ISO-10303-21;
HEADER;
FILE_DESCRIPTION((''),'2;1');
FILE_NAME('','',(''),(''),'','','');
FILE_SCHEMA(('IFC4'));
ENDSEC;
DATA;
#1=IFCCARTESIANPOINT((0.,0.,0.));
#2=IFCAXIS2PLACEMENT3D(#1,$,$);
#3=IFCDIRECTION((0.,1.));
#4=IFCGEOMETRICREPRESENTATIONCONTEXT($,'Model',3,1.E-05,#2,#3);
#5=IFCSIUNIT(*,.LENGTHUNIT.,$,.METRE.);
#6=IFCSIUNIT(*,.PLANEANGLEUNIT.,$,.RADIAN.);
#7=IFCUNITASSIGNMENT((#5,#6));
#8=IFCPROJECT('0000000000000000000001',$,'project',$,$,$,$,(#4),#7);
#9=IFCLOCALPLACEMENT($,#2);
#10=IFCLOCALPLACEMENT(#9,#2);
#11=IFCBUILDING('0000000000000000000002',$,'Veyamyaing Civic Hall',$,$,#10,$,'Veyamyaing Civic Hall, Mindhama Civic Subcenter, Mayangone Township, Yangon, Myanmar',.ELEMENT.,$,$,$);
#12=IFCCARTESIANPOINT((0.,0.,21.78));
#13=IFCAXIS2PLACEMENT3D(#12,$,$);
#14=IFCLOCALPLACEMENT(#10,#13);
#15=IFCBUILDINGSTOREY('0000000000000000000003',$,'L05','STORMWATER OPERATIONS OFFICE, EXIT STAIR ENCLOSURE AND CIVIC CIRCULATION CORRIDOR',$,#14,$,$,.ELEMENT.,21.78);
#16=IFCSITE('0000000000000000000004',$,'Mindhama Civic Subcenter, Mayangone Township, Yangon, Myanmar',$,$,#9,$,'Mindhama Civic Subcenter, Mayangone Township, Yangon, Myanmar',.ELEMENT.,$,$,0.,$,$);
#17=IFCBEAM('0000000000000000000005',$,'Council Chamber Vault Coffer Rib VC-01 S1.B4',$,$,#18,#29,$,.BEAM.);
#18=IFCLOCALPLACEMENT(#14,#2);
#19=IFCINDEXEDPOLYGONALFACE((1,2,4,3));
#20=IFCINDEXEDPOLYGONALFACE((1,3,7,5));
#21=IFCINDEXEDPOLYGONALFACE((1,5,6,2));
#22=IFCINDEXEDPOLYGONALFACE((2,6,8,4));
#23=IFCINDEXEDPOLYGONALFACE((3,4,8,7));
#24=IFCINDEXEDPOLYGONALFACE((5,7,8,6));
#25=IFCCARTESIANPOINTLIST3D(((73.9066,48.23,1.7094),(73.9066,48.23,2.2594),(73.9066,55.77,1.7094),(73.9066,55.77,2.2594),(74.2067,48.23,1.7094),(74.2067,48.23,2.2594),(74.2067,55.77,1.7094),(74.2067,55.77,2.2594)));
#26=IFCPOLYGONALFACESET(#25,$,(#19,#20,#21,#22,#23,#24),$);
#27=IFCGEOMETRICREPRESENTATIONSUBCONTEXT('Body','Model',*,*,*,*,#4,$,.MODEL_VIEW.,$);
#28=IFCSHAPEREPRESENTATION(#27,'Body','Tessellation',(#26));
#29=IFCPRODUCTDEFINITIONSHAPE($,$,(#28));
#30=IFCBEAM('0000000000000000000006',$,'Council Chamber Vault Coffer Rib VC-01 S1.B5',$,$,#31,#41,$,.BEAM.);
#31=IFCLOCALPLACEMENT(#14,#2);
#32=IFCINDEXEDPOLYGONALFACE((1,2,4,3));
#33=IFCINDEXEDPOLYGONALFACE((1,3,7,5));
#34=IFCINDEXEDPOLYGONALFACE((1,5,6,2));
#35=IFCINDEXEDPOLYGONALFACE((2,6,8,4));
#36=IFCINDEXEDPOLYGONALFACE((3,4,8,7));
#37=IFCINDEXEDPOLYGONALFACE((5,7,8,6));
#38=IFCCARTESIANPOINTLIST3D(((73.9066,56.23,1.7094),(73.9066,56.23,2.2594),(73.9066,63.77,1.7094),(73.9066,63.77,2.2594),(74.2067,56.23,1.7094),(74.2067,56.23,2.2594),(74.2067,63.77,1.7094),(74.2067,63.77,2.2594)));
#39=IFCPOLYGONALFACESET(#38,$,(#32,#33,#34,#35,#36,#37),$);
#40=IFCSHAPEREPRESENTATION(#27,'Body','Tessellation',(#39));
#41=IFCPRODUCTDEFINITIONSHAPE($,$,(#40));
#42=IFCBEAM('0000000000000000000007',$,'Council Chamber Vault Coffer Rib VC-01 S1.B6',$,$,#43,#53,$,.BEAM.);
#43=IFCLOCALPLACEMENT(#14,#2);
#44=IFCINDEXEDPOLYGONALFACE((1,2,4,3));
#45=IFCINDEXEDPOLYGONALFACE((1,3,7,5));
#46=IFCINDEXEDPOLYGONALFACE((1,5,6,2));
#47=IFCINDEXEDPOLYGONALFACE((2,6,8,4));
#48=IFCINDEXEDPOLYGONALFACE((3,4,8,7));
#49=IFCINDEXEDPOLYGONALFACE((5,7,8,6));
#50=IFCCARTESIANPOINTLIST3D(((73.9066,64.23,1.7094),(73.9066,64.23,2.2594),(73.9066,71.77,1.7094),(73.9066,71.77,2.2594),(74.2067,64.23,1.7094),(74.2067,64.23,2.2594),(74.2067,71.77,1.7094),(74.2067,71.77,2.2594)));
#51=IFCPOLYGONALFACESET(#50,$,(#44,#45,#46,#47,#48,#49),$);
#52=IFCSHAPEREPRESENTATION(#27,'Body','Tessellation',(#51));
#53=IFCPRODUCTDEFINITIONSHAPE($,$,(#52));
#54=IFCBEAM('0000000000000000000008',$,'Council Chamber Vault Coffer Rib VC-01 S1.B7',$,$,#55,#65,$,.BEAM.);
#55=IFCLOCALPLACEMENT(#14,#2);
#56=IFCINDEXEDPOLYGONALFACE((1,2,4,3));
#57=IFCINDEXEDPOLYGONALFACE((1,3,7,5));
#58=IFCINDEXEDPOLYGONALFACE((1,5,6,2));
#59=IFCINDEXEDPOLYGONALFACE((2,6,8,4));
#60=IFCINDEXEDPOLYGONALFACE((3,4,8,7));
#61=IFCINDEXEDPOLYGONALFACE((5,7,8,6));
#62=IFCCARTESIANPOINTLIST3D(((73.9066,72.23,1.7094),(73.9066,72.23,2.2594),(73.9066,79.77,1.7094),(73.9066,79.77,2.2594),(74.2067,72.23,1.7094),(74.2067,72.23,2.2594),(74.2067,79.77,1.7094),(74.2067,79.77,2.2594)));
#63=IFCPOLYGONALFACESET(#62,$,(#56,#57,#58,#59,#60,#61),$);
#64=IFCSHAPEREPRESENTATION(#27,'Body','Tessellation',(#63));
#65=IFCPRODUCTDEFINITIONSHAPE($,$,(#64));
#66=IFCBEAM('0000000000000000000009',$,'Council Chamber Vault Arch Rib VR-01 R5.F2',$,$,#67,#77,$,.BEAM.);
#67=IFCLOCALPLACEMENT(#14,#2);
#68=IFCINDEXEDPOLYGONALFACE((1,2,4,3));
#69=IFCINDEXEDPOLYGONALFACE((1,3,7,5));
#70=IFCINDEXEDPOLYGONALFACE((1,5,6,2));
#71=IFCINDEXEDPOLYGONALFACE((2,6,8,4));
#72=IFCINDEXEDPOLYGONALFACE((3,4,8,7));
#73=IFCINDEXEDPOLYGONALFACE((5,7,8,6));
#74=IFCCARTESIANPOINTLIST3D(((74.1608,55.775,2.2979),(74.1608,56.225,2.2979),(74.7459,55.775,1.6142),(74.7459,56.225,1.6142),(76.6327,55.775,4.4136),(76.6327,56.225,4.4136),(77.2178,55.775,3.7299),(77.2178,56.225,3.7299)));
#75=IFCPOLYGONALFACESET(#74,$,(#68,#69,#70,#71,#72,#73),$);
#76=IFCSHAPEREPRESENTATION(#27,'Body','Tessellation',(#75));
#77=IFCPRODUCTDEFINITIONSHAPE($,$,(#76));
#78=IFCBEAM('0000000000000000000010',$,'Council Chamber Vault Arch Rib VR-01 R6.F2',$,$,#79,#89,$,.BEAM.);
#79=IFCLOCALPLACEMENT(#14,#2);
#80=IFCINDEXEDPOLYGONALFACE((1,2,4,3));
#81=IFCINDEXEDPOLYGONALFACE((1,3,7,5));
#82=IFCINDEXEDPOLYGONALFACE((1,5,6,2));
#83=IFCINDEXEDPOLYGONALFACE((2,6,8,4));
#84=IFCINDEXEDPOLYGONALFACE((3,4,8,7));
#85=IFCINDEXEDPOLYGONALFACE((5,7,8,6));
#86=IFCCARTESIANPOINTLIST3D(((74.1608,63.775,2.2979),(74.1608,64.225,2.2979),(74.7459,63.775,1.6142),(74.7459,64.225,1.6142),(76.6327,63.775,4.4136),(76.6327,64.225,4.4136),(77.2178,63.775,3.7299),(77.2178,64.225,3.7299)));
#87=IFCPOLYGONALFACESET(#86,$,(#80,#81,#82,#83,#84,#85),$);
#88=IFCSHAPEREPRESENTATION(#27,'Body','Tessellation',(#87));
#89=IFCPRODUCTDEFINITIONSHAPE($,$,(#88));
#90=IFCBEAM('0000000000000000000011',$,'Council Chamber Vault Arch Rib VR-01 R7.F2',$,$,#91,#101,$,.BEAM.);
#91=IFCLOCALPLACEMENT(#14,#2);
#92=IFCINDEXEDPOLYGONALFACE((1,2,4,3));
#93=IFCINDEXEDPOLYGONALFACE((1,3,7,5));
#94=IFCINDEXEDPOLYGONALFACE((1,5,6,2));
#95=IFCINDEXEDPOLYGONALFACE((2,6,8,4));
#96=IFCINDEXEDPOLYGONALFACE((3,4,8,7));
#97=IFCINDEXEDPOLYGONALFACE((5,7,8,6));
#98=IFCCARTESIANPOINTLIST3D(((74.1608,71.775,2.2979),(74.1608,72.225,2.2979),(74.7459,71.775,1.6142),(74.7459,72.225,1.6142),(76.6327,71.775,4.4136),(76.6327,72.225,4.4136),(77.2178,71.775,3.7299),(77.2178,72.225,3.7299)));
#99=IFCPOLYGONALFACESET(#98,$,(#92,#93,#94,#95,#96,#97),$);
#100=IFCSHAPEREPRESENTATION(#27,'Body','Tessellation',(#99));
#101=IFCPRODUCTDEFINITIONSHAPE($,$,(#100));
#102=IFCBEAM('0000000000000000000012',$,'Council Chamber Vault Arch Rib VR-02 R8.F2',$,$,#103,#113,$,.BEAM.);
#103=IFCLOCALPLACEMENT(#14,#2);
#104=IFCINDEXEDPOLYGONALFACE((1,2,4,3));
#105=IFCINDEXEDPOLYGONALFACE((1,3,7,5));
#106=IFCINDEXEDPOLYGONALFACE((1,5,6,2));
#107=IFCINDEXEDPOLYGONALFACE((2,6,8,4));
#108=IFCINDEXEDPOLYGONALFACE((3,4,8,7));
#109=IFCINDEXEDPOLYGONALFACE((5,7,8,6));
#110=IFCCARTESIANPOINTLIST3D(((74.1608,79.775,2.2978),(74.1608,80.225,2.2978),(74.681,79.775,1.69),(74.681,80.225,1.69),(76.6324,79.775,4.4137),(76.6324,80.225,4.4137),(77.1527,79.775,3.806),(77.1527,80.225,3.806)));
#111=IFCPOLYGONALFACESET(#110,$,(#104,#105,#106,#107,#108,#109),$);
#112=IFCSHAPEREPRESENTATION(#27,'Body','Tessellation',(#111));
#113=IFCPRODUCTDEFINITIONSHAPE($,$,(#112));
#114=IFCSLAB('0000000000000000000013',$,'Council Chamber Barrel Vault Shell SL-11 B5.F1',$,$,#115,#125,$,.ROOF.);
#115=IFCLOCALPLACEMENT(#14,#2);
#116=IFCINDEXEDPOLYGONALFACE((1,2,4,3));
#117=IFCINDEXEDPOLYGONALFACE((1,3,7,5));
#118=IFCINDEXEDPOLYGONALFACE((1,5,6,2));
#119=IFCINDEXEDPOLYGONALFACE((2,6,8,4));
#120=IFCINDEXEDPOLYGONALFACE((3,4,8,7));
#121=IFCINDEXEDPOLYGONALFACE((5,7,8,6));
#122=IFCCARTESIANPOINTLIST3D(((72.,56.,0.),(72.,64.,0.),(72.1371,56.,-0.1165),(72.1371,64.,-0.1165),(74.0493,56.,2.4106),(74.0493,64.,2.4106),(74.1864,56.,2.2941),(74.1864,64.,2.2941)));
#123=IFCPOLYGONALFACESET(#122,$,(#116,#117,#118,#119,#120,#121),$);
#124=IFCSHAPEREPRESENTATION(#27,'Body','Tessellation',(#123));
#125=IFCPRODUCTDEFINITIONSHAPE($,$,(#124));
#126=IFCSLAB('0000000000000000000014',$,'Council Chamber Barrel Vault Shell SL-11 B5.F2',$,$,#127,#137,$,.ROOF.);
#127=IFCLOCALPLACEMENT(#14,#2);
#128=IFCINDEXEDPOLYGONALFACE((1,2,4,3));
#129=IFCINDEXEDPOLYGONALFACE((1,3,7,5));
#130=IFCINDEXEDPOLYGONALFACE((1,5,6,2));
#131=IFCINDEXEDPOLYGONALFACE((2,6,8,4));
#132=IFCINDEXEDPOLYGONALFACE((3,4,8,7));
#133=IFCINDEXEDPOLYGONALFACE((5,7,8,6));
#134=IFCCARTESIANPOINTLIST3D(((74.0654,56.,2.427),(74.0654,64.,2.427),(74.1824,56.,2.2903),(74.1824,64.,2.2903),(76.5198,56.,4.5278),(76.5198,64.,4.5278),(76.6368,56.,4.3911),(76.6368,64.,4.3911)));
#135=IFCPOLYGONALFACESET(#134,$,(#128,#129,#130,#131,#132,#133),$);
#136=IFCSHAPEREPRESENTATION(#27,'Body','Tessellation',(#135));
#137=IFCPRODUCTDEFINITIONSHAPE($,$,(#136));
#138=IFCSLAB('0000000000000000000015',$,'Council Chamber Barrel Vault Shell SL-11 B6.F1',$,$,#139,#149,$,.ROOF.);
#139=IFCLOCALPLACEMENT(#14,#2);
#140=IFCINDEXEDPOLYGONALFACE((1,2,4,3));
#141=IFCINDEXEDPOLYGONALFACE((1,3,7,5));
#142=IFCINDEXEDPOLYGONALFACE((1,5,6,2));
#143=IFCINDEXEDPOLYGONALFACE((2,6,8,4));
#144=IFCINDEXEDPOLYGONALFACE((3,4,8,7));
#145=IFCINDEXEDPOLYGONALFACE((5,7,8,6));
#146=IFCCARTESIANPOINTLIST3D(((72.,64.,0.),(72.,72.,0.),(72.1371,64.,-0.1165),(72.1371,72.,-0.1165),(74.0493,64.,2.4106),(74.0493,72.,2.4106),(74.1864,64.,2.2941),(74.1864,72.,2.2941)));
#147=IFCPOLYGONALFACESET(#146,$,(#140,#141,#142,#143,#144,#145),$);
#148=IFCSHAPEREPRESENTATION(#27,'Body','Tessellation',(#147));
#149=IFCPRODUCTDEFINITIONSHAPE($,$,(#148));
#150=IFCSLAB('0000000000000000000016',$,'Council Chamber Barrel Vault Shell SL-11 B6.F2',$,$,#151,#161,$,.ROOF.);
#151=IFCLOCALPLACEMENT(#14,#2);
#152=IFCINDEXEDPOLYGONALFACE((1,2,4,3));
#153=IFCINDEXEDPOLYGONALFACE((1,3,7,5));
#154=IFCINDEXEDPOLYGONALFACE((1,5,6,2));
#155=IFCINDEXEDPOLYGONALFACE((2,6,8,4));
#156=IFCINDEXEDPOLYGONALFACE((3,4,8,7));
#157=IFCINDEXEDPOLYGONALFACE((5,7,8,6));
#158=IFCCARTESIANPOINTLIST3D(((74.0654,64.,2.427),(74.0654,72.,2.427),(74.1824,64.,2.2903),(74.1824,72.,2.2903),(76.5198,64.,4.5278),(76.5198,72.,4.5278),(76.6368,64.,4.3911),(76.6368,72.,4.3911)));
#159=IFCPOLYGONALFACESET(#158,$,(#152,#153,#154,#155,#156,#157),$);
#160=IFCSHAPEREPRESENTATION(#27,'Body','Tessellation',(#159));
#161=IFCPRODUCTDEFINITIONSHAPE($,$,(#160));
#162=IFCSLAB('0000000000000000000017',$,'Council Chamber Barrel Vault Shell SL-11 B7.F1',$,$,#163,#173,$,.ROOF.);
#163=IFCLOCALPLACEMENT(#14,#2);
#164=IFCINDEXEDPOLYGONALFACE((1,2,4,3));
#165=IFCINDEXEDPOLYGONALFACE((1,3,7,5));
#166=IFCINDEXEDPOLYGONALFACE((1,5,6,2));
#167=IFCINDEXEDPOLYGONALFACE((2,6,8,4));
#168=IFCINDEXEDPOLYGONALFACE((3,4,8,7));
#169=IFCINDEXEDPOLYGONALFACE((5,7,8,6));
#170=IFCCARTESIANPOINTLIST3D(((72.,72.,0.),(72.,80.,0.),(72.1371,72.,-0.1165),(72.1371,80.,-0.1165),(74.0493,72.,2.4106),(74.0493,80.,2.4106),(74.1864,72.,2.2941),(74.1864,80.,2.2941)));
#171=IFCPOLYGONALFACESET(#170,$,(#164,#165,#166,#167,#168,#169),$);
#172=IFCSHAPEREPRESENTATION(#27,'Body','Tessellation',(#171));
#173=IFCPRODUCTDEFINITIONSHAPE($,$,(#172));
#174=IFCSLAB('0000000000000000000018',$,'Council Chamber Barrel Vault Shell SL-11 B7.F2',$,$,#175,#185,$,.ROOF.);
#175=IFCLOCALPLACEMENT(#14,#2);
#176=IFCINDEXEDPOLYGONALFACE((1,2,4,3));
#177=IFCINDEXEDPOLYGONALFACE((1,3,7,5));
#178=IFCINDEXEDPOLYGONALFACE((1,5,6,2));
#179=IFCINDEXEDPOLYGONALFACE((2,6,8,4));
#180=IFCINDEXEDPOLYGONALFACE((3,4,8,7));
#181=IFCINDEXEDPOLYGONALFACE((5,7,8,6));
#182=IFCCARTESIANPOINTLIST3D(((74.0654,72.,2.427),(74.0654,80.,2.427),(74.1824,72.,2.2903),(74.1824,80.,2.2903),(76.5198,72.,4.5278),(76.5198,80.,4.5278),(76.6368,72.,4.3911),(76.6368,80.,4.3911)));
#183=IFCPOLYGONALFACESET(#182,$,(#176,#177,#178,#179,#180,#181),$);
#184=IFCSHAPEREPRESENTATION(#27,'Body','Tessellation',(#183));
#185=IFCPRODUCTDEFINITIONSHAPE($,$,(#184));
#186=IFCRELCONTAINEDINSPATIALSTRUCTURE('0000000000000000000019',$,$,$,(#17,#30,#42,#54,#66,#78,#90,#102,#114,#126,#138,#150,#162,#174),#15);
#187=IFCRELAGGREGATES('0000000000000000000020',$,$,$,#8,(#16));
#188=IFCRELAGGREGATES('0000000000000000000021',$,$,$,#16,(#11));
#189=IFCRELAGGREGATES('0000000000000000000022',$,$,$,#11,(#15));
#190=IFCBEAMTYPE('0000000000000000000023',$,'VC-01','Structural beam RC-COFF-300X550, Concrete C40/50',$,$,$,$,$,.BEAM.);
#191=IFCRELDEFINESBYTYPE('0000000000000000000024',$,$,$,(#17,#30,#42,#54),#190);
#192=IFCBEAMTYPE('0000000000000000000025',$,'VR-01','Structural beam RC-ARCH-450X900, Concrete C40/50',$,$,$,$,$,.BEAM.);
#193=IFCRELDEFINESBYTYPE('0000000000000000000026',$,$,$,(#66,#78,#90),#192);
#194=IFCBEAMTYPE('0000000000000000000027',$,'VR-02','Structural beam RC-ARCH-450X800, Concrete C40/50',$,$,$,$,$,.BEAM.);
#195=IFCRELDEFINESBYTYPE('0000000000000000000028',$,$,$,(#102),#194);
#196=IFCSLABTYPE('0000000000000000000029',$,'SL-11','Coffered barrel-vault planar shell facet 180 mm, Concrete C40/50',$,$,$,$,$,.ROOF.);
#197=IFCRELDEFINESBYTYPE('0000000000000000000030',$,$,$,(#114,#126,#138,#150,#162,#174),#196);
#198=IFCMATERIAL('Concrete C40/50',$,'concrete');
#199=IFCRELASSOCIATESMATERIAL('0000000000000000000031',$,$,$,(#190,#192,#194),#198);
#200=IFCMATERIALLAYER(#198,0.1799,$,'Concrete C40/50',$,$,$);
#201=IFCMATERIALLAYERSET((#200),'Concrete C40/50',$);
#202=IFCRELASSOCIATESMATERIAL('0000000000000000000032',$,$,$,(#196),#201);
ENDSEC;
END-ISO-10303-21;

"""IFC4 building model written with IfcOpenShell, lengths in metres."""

from ifc_helpers import new_model, si_unit, direction, frame, origin, origin_2d, place, context, subcontext, project, spatial, polyline, rectangle, outline, extrude, material, layer, layer_set, material_profile, profile_set, type_object, element, save


model = new_model("IFC4")

# Units and contexts
model_context = context("Model", 3, precision=1e-05, world=origin(), true_north=direction((0.0, 1.0)))
body_context = subcontext(model_context, "Body", "Model", "MODEL_VIEW")
ifc_project = project(units=[si_unit("LENGTHUNIT", "METRE"), si_unit("PLANEANGLEUNIT", "RADIAN")], contexts=[model_context])

# Site, building, storey
site_placement = place(None, origin())
site = spatial("IfcSite", under=ifc_project, at=site_placement, Name="Mindhama Civic Subcenter, Mayangone Township, Yangon, Myanmar", LongName="Mindhama Civic Subcenter, Mayangone Township, Yangon, Myanmar", CompositionType="ELEMENT", RefElevation=0.0)
building_placement = place(site_placement, origin())
building = spatial("IfcBuilding", under=site, at=building_placement, Name="Veyamyaing Civic Hall", LongName="Veyamyaing Civic Hall, Mindhama Civic Subcenter, Mayangone Township, Yangon, Myanmar", CompositionType="ELEMENT")
storey_placement = place(building_placement, frame((0.0, 0.0, 21.78)))
storey = spatial("IfcBuildingStorey", under=building, at=storey_placement, Name="L05", Description="STORMWATER OPERATIONS OFFICE, EXIT STAIR ENCLOSURE AND CIVIC CIRCULATION CORRIDOR", CompositionType="ELEMENT", Elevation=21.78)

# Beams
ifc_material_1 = material(Name="Concrete C40/50", Category="concrete")
ifc_material_profile_1 = material_profile(ifc_material_1, rectangle(XDim=0.3, YDim=0.55, at=origin_2d()), Name="RC-COFF-300X550")
ifc_profile_set_1 = profile_set([ifc_material_profile_1], Name="Concrete C40/50")
beam_type_1 = type_object("IfcBeamType", Name="VC-01", Description="Structural beam RC-COFF-300X550, Concrete C40/50", PredefinedType="BEAM", material=ifc_profile_set_1)
for number, where, z_axis, x_axis, name in (
    (1, (74.0566, 48.23, 1.9844), (0.0, 1.0, 0.0), (-1.0, 0.0, 0.0), "Council Chamber Vault Coffer Rib VC-01 S1.B4"),
    (2, (74.0566, 56.23, 1.9844), (0.0, 1.0, 0.0), (-1.0, 0.0, 0.0), "Council Chamber Vault Coffer Rib VC-01 S1.B5"),
    (3, (74.0566, 64.23, 1.9844), (0.0, 1.0, 0.0), (-1.0, 0.0, 0.0), "Council Chamber Vault Coffer Rib VC-01 S1.B6"),
    (4, (74.0566, 72.23, 1.9844), (0.0, 1.0, 0.0), (-1.0, 0.0, 0.0), "Council Chamber Vault Coffer Rib VC-01 S1.B7"),
):
    element("IfcBeam", number, at=place(storey_placement, frame(where, z_axis=z_axis, x_axis=x_axis)), inside=storey, type_object=beam_type_1, Name=name, PredefinedType="BEAM", context=body_context, shape_type="SweptSolid", body=[
        extrude(rectangle(XDim=0.3, YDim=0.55, at=origin_2d()), origin(), (0.0, 0.0, 1.0), 7.54),
    ])
ifc_material_profile_2 = material_profile(ifc_material_1, rectangle(XDim=0.45, YDim=0.8999, at=origin_2d()), Name="RC-ARCH-450X900")
ifc_profile_set_2 = profile_set([ifc_material_profile_2], Name="Concrete C40/50")
beam_type_2 = type_object("IfcBeamType", Name="VR-01", Description="Structural beam RC-ARCH-450X900, Concrete C40/50", PredefinedType="BEAM", material=ifc_profile_set_2)
for number, where, z_axis, x_axis, name in (
    (5, (74.4534, 56.0, 1.9561), (0.759723, 0.0, 0.650247), (0.0, 1.0, 0.0), "Council Chamber Vault Arch Rib VR-01 R5.F2"),
    (6, (74.4534, 64.0, 1.9561), (0.759723, 0.0, 0.650247), (0.0, 1.0, 0.0), "Council Chamber Vault Arch Rib VR-01 R6.F2"),
    (7, (74.4534, 72.0, 1.9561), (0.759723, 0.0, 0.650247), (0.0, 1.0, 0.0), "Council Chamber Vault Arch Rib VR-01 R7.F2"),
):
    element("IfcBeam", number, at=place(storey_placement, frame(where, z_axis=z_axis, x_axis=x_axis)), inside=storey, type_object=beam_type_2, Name=name, PredefinedType="BEAM", context=body_context, shape_type="SweptSolid", body=[
        extrude(rectangle(XDim=0.45, YDim=0.8999, at=origin_2d()), origin(), (0.0, 0.0, 1.0), 3.2537),
    ])
ifc_material_profile_3 = material_profile(ifc_material_1, rectangle(XDim=0.45, YDim=0.8, at=origin_2d()), Name="RC-ARCH-450X800")
ifc_profile_set_3 = profile_set([ifc_material_profile_3], Name="Concrete C40/50")
beam_type_3 = type_object("IfcBeamType", Name="VR-02", Description="Structural beam RC-ARCH-450X800, Concrete C40/50", PredefinedType="BEAM", material=ifc_profile_set_3)
beam_1_placement = place(storey_placement, frame((74.4209, 80.0, 1.9939), z_axis=(0.759654, 0.0, 0.650328), x_axis=(0.0, 1.0, 0.0)))
element("IfcBeam", 8, at=beam_1_placement, inside=storey, type_object=beam_type_3, Name="Council Chamber Vault Arch Rib VR-02 R8.F2", PredefinedType="BEAM", context=body_context, shape_type="SweptSolid", body=[
    extrude(rectangle(XDim=0.45, YDim=0.8, at=origin_2d()), origin(), (0.0, 0.0, 1.0), 3.2537),
])

# Slabs
ifc_layer = layer(ifc_material_1, 0.1799, Name="Concrete C40/50")
ifc_layer_set = layer_set([ifc_layer], Name="Concrete C40/50")
slab_type = type_object("IfcSlabType", Name="SL-11", Description="Coffered barrel-vault planar shell facet 180 mm, Concrete C40/50", PredefinedType="ROOF", material=ifc_layer_set)
slab_1_placement = place(storey_placement, frame((72.0, 56.0, 0.0), z_axis=(-0.761897, 0.0, 0.647698), x_axis=(0.647698, 0.0, 0.761897)))
element("IfcSlab", 9, at=slab_1_placement, inside=storey, type_object=slab_type, Name="Council Chamber Barrel Vault Shell SL-11 B5.F1", PredefinedType="ROOF", context=body_context, shape_type="SweptSolid", body=[
    extrude(outline(polyline([(0.0, 0.0), (3.164, 0.0), (3.164, 8.0), (0.0, 8.0), (0.0, 0.0)])), origin(), (0.0, 0.0, -1.0), 0.1799),
])
slab_2_placement = place(storey_placement, frame((74.0654, 56.0, 2.427), z_axis=(-0.650275, 0.0, 0.759699), x_axis=(0.759699, 0.0, 0.650275)))
element("IfcSlab", 10, at=slab_2_placement, inside=storey, type_object=slab_type, Name="Council Chamber Barrel Vault Shell SL-11 B5.F2", PredefinedType="ROOF", context=body_context, shape_type="SweptSolid", body=[
    extrude(outline(polyline([(0.0, 0.0), (3.2307, 0.0), (3.2307, 8.0), (0.0, 8.0), (0.0, 0.0)])), origin(), (0.0, 0.0, -1.0), 0.1799),
])
slab_3_placement = place(storey_placement, frame((72.0, 64.0, 0.0), z_axis=(-0.761897, 0.0, 0.647698), x_axis=(0.647698, 0.0, 0.761897)))
element("IfcSlab", 11, at=slab_3_placement, inside=storey, type_object=slab_type, Name="Council Chamber Barrel Vault Shell SL-11 B6.F1", PredefinedType="ROOF", context=body_context, shape_type="SweptSolid", body=[
    extrude(outline(polyline([(0.0, 0.0), (3.164, 0.0), (3.164, 8.0), (0.0, 8.0), (0.0, 0.0)])), origin(), (0.0, 0.0, -1.0), 0.1799),
])
slab_4_placement = place(storey_placement, frame((74.0654, 64.0, 2.427), z_axis=(-0.650275, 0.0, 0.759699), x_axis=(0.759699, 0.0, 0.650275)))
element("IfcSlab", 12, at=slab_4_placement, inside=storey, type_object=slab_type, Name="Council Chamber Barrel Vault Shell SL-11 B6.F2", PredefinedType="ROOF", context=body_context, shape_type="SweptSolid", body=[
    extrude(outline(polyline([(0.0, 0.0), (3.2307, 0.0), (3.2307, 8.0), (0.0, 8.0), (0.0, 0.0)])), origin(), (0.0, 0.0, -1.0), 0.1799),
])
slab_5_placement = place(storey_placement, frame((72.0, 72.0, 0.0), z_axis=(-0.761897, 0.0, 0.647698), x_axis=(0.647698, 0.0, 0.761897)))
element("IfcSlab", 13, at=slab_5_placement, inside=storey, type_object=slab_type, Name="Council Chamber Barrel Vault Shell SL-11 B7.F1", PredefinedType="ROOF", context=body_context, shape_type="SweptSolid", body=[
    extrude(outline(polyline([(0.0, 0.0), (3.164, 0.0), (3.164, 8.0), (0.0, 8.0), (0.0, 0.0)])), origin(), (0.0, 0.0, -1.0), 0.1799),
])
slab_6_placement = place(storey_placement, frame((74.0654, 72.0, 2.427), z_axis=(-0.650275, 0.0, 0.759699), x_axis=(0.759699, 0.0, 0.650275)))
element("IfcSlab", 14, at=slab_6_placement, inside=storey, type_object=slab_type, Name="Council Chamber Barrel Vault Shell SL-11 B7.F2", PredefinedType="ROOF", context=body_context, shape_type="SweptSolid", body=[
    extrude(outline(polyline([(0.0, 0.0), (3.2307, 0.0), (3.2307, 8.0), (0.0, 8.0), (0.0, 0.0)])), origin(), (0.0, 0.0, -1.0), 0.1799),
])

save(model, "model.ifc")
